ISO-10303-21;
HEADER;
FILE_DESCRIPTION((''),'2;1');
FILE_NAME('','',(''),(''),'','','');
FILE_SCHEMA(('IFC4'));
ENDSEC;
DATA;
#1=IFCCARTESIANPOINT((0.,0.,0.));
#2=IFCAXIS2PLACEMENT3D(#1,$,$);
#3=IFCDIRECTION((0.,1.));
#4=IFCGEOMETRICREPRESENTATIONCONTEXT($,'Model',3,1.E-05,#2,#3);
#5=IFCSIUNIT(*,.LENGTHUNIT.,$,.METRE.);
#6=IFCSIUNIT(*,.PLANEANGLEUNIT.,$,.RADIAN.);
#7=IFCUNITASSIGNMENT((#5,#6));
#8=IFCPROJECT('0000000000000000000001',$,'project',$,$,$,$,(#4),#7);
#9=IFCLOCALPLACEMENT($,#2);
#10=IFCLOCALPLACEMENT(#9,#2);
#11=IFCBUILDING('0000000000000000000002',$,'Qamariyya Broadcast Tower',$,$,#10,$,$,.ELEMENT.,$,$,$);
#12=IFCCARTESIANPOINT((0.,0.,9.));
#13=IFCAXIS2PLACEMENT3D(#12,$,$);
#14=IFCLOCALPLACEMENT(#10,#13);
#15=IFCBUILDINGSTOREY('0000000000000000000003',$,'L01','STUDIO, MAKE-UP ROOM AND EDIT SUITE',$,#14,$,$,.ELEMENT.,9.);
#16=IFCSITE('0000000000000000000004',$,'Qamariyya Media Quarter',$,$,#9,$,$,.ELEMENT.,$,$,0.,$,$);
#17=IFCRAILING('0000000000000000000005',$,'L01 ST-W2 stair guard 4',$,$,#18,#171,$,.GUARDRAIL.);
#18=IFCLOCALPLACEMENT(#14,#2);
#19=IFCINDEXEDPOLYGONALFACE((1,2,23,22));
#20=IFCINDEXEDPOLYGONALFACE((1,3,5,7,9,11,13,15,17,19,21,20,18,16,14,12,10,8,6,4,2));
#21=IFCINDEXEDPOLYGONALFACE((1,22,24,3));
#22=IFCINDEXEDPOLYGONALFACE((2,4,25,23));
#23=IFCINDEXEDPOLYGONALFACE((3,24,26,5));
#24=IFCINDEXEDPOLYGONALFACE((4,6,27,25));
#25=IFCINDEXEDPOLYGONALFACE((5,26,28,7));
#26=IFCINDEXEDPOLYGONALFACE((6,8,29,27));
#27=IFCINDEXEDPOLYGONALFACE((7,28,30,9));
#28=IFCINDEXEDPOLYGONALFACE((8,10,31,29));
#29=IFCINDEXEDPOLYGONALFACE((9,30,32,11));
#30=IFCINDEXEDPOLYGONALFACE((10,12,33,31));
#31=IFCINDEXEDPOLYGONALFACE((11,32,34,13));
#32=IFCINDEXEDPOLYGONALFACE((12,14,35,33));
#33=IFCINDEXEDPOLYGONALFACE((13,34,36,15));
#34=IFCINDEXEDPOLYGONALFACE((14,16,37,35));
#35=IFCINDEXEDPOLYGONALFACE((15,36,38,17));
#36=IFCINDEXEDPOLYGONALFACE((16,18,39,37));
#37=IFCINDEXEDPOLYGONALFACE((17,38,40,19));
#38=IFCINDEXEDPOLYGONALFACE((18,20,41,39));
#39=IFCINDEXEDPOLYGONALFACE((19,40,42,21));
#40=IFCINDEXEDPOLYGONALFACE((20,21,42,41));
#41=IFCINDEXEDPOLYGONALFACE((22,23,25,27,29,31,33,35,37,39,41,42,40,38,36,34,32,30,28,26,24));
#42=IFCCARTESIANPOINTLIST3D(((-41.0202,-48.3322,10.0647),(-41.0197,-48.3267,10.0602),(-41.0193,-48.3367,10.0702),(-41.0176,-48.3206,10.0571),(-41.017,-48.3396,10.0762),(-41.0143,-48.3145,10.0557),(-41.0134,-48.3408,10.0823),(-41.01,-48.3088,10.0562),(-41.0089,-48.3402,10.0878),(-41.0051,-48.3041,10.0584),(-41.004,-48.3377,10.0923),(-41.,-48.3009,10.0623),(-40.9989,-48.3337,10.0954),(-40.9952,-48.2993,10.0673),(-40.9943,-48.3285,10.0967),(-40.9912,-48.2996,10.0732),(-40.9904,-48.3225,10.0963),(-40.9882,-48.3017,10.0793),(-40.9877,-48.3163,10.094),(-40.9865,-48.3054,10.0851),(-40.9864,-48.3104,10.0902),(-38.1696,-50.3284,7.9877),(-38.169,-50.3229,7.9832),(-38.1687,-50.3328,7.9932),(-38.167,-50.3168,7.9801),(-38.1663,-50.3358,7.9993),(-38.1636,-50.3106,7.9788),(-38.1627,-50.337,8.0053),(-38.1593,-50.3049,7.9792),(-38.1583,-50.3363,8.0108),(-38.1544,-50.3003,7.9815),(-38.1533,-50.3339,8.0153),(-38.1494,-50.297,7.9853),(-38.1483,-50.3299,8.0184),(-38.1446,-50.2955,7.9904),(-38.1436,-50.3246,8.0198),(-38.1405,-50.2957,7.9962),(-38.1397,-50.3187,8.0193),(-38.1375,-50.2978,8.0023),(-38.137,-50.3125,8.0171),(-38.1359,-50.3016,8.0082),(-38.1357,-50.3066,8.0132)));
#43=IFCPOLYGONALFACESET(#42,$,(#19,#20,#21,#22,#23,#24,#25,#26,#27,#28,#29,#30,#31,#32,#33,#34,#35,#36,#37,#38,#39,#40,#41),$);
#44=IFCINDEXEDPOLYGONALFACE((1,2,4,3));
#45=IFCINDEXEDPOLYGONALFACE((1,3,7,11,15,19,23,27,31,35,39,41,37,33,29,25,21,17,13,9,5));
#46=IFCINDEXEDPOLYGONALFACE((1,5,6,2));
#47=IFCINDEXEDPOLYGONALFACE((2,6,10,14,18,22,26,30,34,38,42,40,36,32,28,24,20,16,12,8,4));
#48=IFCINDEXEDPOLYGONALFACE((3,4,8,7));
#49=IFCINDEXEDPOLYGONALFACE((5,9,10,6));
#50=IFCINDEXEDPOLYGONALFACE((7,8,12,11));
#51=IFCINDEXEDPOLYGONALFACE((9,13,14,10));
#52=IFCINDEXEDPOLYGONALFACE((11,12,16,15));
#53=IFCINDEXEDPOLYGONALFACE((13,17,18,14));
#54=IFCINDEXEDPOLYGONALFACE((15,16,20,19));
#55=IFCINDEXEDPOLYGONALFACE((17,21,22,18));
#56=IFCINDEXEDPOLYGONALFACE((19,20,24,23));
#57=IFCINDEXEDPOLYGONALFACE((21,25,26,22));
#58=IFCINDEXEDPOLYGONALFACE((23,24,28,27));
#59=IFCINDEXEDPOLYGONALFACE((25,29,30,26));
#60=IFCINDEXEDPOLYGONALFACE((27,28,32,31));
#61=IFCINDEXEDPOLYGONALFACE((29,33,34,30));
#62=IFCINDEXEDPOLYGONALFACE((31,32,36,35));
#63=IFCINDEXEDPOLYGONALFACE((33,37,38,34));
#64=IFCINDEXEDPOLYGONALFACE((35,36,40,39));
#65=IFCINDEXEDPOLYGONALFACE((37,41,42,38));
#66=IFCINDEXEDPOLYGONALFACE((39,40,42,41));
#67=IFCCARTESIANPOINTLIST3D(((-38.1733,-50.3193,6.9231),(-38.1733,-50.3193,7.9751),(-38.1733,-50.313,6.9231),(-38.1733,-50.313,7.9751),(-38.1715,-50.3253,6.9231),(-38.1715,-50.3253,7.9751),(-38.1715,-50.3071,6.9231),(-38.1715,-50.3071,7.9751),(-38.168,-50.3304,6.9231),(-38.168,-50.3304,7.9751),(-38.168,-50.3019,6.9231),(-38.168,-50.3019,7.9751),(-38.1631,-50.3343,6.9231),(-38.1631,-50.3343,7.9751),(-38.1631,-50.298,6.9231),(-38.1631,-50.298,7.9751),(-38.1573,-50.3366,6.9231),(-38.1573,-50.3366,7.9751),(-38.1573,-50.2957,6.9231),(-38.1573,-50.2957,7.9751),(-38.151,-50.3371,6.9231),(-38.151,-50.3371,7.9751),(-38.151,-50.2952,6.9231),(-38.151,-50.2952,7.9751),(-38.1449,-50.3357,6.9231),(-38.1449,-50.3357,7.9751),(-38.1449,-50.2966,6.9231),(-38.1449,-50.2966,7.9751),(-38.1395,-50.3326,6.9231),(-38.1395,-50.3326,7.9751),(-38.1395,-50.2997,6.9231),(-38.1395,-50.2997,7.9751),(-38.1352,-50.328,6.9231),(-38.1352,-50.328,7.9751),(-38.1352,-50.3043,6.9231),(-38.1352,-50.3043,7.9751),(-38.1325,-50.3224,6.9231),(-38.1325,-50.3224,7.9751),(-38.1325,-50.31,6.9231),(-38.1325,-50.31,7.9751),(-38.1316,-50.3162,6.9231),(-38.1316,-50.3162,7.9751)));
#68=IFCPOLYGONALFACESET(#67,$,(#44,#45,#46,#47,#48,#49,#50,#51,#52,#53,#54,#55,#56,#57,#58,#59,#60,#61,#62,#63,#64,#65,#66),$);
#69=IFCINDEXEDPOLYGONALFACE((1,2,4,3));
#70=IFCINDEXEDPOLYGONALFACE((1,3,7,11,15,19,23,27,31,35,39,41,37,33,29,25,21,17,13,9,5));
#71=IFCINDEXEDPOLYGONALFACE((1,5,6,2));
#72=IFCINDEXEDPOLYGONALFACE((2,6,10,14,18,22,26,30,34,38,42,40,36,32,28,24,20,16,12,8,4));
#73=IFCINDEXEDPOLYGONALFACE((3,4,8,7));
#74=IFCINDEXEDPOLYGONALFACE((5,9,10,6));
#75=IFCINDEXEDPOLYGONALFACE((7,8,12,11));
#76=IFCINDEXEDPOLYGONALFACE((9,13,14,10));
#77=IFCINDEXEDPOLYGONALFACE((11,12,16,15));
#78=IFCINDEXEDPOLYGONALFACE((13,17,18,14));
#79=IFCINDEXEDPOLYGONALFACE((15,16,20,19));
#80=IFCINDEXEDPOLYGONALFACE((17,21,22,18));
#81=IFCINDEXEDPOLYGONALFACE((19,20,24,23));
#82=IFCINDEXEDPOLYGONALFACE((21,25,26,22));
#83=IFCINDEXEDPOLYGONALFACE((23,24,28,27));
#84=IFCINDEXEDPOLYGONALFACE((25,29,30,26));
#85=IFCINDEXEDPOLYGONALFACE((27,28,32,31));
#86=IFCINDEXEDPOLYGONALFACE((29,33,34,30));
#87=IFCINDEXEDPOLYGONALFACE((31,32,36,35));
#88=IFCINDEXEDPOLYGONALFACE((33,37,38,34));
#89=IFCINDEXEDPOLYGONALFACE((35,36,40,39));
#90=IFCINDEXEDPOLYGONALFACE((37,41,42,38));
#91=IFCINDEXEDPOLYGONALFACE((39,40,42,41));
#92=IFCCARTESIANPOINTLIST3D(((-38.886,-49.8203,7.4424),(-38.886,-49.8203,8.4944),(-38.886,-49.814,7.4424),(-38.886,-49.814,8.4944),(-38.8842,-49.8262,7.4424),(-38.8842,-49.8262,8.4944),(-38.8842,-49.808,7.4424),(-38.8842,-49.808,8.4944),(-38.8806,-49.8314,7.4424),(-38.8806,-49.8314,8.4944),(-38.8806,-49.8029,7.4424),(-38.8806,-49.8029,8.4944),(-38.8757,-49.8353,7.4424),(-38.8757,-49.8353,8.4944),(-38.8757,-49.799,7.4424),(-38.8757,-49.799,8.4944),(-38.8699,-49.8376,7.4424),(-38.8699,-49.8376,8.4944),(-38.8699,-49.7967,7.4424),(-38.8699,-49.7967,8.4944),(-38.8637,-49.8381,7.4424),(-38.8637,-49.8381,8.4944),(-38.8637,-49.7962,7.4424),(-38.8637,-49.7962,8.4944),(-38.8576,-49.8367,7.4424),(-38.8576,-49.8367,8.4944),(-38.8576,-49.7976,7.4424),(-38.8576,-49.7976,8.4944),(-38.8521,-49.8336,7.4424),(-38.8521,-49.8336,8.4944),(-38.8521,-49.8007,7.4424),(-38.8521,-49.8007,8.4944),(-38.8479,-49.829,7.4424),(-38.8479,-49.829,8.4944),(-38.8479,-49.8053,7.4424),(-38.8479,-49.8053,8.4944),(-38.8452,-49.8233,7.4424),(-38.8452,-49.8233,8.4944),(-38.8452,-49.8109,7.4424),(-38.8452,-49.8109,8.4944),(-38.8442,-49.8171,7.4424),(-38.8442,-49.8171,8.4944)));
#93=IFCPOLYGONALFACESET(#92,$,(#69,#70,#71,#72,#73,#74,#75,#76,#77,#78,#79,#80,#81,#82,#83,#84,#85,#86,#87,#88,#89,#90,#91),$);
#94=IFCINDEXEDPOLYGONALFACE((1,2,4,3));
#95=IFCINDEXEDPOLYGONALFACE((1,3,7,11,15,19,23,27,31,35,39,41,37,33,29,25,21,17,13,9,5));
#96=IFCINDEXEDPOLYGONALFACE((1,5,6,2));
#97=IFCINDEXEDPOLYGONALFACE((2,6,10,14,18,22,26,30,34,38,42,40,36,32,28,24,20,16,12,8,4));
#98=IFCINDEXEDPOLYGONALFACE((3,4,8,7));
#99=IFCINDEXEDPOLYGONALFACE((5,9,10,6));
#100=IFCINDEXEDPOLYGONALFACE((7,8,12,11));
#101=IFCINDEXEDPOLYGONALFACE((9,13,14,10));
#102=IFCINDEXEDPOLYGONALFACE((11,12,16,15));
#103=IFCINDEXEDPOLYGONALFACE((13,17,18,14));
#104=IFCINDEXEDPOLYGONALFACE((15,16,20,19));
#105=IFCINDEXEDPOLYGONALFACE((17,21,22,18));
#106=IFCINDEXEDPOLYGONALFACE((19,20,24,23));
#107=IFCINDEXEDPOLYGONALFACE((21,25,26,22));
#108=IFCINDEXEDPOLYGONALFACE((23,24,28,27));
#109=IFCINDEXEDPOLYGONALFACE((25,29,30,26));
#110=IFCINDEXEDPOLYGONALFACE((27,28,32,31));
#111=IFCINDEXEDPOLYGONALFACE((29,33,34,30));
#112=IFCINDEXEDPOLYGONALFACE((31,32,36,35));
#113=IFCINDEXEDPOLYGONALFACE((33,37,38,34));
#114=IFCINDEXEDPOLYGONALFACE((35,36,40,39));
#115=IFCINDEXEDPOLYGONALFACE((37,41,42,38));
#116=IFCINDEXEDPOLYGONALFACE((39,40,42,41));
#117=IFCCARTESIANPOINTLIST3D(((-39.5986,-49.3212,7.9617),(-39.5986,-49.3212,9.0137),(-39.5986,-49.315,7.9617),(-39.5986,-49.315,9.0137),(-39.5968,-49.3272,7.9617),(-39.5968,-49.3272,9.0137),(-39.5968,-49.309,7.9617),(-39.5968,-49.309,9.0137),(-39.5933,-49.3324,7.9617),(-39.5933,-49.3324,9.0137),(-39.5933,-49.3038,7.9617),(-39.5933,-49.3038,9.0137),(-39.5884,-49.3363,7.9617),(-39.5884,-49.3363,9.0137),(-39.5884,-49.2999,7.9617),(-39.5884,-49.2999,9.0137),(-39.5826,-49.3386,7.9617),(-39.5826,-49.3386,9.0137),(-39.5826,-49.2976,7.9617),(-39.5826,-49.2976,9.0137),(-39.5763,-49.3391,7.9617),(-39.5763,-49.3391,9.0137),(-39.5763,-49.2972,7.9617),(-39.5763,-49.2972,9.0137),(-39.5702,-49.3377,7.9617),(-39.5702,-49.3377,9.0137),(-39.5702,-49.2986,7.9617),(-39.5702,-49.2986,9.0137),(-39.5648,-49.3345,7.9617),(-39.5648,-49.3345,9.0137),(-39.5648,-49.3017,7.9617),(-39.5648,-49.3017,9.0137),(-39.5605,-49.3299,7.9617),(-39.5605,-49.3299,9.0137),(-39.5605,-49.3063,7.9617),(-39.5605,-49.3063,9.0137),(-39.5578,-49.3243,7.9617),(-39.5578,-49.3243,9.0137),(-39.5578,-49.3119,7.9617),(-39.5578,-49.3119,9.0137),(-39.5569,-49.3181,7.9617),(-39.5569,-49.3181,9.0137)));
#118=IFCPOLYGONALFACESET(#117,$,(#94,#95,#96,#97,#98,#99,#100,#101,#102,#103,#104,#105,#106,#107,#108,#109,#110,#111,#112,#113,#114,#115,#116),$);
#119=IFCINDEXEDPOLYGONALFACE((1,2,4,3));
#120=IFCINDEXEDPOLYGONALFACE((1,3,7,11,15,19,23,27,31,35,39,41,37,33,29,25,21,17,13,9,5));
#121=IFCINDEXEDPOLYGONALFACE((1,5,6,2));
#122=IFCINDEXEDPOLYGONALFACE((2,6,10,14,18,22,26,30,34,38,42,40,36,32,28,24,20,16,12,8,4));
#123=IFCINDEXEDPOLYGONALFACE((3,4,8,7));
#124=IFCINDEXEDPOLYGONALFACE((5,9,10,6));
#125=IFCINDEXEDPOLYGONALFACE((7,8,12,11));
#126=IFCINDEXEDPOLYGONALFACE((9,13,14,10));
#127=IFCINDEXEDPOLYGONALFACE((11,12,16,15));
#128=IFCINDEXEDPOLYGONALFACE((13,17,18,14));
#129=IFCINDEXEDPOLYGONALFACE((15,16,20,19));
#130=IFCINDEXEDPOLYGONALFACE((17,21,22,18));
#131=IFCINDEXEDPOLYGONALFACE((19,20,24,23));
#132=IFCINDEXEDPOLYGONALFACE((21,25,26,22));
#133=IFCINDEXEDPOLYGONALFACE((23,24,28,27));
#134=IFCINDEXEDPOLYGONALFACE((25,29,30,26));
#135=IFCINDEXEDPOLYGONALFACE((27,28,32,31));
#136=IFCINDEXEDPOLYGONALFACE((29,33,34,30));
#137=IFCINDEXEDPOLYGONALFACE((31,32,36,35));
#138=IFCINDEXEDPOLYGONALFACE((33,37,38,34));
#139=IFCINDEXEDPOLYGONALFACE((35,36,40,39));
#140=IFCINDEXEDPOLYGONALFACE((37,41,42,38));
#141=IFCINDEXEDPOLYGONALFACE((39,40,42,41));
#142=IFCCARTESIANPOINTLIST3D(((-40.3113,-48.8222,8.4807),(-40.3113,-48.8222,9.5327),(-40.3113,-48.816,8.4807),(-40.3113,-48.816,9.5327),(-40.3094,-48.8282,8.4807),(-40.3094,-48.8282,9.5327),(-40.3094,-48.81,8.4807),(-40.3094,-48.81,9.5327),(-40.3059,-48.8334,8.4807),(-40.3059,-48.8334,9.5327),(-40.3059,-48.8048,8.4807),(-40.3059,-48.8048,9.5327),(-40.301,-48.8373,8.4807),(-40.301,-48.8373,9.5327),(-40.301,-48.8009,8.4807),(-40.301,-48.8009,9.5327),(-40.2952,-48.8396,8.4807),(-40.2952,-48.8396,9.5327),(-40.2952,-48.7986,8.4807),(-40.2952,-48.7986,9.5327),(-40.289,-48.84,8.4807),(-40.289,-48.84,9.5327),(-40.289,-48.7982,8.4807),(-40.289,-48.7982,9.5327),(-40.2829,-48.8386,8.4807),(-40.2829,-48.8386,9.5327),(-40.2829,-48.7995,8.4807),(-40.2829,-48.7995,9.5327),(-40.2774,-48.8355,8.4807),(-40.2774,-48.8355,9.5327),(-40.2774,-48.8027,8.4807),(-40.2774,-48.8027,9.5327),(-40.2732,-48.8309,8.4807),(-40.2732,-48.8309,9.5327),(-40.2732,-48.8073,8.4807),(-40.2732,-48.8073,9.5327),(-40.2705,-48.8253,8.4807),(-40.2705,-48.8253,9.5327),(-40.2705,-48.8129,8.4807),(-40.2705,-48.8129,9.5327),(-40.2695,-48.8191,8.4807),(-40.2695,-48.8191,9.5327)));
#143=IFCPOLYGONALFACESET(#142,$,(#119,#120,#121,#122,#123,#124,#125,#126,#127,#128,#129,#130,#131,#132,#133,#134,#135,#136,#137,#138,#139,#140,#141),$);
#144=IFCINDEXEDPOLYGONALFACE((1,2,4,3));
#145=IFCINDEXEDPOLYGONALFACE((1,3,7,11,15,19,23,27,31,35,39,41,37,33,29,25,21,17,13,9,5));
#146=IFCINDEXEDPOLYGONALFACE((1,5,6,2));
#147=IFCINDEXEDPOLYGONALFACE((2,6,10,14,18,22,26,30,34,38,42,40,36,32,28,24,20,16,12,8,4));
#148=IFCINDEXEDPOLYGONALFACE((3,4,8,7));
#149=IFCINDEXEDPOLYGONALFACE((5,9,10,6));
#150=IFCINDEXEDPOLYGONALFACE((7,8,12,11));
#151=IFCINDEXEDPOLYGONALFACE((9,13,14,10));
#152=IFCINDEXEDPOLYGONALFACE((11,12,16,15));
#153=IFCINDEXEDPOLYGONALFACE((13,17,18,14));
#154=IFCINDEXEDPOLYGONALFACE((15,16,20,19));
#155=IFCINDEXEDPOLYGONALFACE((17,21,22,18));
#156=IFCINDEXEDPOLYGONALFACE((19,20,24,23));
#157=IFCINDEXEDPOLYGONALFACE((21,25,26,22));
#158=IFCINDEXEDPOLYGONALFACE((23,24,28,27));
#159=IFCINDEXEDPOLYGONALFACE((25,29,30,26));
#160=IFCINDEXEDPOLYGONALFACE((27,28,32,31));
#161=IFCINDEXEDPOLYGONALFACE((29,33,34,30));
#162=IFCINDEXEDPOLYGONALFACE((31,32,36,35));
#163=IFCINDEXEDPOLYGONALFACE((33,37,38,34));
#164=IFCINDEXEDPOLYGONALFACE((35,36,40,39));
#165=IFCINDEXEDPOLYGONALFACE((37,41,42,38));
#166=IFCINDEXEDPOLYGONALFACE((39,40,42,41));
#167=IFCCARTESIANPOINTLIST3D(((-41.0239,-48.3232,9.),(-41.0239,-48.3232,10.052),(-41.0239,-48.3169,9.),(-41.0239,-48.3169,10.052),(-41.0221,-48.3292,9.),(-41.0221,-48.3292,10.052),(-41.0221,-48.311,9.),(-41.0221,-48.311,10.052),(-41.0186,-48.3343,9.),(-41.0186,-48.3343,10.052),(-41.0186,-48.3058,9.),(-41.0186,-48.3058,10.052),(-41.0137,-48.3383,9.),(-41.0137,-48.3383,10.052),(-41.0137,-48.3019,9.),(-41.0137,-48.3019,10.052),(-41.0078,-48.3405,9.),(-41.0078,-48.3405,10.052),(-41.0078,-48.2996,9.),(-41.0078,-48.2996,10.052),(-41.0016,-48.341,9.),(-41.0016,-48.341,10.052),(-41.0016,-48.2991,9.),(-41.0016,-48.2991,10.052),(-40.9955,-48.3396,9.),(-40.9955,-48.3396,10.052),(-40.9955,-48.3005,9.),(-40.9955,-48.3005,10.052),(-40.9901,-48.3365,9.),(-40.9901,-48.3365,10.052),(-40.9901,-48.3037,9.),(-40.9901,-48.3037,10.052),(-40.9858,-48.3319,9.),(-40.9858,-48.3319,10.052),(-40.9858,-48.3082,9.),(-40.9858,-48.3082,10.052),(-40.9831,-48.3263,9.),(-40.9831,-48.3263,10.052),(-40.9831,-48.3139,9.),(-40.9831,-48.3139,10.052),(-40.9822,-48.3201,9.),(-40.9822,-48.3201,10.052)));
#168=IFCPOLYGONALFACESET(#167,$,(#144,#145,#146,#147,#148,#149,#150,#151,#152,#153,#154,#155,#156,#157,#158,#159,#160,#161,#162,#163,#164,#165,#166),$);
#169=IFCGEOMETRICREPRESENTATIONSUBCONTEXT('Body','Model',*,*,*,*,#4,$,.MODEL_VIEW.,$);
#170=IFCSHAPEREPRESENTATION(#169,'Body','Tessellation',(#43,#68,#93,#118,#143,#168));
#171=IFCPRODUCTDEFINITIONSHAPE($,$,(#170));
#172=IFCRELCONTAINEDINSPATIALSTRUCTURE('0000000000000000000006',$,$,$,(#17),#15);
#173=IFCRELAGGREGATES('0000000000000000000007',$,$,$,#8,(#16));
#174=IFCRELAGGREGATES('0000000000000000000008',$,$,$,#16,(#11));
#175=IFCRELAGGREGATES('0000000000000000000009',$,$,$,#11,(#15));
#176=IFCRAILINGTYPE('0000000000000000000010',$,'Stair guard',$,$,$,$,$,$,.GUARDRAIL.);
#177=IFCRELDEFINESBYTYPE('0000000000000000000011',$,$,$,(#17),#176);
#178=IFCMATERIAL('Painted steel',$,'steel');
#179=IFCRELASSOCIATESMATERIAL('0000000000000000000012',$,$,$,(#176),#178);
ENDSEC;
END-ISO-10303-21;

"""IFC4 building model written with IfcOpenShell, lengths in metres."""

from ifc_helpers import new_model, si_unit, direction, frame, origin, origin_2d, place, context, subcontext, project, spatial, circle, extrude, material, type_object, element, save


model = new_model("IFC4")

# Units and contexts
model_context = context("Model", 3, precision=1e-05, world=origin(), true_north=direction((0.0, 1.0)))
body_context = subcontext(model_context, "Body", "Model", "MODEL_VIEW")
ifc_project = project(units=[si_unit("LENGTHUNIT", "METRE"), si_unit("PLANEANGLEUNIT", "RADIAN")], contexts=[model_context])

# Site, building, storey
site_placement = place(None, origin())
site = spatial("IfcSite", under=ifc_project, at=site_placement, Name="Qamariyya Media Quarter", CompositionType="ELEMENT", RefElevation=0.0)
building_placement = place(site_placement, origin())
building = spatial("IfcBuilding", under=site, at=building_placement, Name="Qamariyya Broadcast Tower", CompositionType="ELEMENT")
storey_placement = place(building_placement, frame((0.0, 0.0, 9.0)))
storey = spatial("IfcBuildingStorey", under=building, at=storey_placement, Name="L01", Description="STUDIO, MAKE-UP ROOM AND EDIT SUITE", CompositionType="ELEMENT", Elevation=9.0)

# Railing
ifc_material_1 = material(Name="Painted steel", Category="steel")
railing_type_1 = type_object("IfcRailingType", Name="Stair guard", PredefinedType="GUARDRAIL", material=ifc_material_1)
railing_1_placement = place(storey_placement, frame((-38.1526, -50.3162, 6.9231)))
element("IfcRailing", 1, at=railing_1_placement, inside=storey, type_object=railing_type_1, Name="L01 ST-W2 stair guard 4", PredefinedType="GUARDRAIL", context=body_context, shape_type="SweptSolid", body=[
    extrude(circle(Radius=0.0239, at=origin_2d()), frame((0.0, 0.0, 1.0762), z_axis=(-0.703393, 0.492544, 0.512484), x_axis=(-0.573594, -0.81914, 0.0)), (0.0, 0.0, 1.0), 4.0527),
    extrude(circle(Radius=0.021, at=origin_2d()), origin(), (0.0, 0.0, 1.0), 1.052),
    extrude(circle(Radius=0.021, at=origin_2d()), frame((-0.7126, 0.499, 0.5193)), (0.0, 0.0, 1.0), 1.052),
    extrude(circle(Radius=0.021, at=origin_2d()), frame((-1.4253, 0.998, 1.0386)), (0.0, 0.0, 1.0), 1.052),
    extrude(circle(Radius=0.021, at=origin_2d()), frame((-2.1379, 1.4971, 1.5576)), (0.0, 0.0, 1.0), 1.052),
    extrude(circle(Radius=0.021, at=origin_2d()), frame((-2.8506, 1.9961, 2.0769)), (0.0, 0.0, 1.0), 1.052),
])

save(model, "model.ifc")
